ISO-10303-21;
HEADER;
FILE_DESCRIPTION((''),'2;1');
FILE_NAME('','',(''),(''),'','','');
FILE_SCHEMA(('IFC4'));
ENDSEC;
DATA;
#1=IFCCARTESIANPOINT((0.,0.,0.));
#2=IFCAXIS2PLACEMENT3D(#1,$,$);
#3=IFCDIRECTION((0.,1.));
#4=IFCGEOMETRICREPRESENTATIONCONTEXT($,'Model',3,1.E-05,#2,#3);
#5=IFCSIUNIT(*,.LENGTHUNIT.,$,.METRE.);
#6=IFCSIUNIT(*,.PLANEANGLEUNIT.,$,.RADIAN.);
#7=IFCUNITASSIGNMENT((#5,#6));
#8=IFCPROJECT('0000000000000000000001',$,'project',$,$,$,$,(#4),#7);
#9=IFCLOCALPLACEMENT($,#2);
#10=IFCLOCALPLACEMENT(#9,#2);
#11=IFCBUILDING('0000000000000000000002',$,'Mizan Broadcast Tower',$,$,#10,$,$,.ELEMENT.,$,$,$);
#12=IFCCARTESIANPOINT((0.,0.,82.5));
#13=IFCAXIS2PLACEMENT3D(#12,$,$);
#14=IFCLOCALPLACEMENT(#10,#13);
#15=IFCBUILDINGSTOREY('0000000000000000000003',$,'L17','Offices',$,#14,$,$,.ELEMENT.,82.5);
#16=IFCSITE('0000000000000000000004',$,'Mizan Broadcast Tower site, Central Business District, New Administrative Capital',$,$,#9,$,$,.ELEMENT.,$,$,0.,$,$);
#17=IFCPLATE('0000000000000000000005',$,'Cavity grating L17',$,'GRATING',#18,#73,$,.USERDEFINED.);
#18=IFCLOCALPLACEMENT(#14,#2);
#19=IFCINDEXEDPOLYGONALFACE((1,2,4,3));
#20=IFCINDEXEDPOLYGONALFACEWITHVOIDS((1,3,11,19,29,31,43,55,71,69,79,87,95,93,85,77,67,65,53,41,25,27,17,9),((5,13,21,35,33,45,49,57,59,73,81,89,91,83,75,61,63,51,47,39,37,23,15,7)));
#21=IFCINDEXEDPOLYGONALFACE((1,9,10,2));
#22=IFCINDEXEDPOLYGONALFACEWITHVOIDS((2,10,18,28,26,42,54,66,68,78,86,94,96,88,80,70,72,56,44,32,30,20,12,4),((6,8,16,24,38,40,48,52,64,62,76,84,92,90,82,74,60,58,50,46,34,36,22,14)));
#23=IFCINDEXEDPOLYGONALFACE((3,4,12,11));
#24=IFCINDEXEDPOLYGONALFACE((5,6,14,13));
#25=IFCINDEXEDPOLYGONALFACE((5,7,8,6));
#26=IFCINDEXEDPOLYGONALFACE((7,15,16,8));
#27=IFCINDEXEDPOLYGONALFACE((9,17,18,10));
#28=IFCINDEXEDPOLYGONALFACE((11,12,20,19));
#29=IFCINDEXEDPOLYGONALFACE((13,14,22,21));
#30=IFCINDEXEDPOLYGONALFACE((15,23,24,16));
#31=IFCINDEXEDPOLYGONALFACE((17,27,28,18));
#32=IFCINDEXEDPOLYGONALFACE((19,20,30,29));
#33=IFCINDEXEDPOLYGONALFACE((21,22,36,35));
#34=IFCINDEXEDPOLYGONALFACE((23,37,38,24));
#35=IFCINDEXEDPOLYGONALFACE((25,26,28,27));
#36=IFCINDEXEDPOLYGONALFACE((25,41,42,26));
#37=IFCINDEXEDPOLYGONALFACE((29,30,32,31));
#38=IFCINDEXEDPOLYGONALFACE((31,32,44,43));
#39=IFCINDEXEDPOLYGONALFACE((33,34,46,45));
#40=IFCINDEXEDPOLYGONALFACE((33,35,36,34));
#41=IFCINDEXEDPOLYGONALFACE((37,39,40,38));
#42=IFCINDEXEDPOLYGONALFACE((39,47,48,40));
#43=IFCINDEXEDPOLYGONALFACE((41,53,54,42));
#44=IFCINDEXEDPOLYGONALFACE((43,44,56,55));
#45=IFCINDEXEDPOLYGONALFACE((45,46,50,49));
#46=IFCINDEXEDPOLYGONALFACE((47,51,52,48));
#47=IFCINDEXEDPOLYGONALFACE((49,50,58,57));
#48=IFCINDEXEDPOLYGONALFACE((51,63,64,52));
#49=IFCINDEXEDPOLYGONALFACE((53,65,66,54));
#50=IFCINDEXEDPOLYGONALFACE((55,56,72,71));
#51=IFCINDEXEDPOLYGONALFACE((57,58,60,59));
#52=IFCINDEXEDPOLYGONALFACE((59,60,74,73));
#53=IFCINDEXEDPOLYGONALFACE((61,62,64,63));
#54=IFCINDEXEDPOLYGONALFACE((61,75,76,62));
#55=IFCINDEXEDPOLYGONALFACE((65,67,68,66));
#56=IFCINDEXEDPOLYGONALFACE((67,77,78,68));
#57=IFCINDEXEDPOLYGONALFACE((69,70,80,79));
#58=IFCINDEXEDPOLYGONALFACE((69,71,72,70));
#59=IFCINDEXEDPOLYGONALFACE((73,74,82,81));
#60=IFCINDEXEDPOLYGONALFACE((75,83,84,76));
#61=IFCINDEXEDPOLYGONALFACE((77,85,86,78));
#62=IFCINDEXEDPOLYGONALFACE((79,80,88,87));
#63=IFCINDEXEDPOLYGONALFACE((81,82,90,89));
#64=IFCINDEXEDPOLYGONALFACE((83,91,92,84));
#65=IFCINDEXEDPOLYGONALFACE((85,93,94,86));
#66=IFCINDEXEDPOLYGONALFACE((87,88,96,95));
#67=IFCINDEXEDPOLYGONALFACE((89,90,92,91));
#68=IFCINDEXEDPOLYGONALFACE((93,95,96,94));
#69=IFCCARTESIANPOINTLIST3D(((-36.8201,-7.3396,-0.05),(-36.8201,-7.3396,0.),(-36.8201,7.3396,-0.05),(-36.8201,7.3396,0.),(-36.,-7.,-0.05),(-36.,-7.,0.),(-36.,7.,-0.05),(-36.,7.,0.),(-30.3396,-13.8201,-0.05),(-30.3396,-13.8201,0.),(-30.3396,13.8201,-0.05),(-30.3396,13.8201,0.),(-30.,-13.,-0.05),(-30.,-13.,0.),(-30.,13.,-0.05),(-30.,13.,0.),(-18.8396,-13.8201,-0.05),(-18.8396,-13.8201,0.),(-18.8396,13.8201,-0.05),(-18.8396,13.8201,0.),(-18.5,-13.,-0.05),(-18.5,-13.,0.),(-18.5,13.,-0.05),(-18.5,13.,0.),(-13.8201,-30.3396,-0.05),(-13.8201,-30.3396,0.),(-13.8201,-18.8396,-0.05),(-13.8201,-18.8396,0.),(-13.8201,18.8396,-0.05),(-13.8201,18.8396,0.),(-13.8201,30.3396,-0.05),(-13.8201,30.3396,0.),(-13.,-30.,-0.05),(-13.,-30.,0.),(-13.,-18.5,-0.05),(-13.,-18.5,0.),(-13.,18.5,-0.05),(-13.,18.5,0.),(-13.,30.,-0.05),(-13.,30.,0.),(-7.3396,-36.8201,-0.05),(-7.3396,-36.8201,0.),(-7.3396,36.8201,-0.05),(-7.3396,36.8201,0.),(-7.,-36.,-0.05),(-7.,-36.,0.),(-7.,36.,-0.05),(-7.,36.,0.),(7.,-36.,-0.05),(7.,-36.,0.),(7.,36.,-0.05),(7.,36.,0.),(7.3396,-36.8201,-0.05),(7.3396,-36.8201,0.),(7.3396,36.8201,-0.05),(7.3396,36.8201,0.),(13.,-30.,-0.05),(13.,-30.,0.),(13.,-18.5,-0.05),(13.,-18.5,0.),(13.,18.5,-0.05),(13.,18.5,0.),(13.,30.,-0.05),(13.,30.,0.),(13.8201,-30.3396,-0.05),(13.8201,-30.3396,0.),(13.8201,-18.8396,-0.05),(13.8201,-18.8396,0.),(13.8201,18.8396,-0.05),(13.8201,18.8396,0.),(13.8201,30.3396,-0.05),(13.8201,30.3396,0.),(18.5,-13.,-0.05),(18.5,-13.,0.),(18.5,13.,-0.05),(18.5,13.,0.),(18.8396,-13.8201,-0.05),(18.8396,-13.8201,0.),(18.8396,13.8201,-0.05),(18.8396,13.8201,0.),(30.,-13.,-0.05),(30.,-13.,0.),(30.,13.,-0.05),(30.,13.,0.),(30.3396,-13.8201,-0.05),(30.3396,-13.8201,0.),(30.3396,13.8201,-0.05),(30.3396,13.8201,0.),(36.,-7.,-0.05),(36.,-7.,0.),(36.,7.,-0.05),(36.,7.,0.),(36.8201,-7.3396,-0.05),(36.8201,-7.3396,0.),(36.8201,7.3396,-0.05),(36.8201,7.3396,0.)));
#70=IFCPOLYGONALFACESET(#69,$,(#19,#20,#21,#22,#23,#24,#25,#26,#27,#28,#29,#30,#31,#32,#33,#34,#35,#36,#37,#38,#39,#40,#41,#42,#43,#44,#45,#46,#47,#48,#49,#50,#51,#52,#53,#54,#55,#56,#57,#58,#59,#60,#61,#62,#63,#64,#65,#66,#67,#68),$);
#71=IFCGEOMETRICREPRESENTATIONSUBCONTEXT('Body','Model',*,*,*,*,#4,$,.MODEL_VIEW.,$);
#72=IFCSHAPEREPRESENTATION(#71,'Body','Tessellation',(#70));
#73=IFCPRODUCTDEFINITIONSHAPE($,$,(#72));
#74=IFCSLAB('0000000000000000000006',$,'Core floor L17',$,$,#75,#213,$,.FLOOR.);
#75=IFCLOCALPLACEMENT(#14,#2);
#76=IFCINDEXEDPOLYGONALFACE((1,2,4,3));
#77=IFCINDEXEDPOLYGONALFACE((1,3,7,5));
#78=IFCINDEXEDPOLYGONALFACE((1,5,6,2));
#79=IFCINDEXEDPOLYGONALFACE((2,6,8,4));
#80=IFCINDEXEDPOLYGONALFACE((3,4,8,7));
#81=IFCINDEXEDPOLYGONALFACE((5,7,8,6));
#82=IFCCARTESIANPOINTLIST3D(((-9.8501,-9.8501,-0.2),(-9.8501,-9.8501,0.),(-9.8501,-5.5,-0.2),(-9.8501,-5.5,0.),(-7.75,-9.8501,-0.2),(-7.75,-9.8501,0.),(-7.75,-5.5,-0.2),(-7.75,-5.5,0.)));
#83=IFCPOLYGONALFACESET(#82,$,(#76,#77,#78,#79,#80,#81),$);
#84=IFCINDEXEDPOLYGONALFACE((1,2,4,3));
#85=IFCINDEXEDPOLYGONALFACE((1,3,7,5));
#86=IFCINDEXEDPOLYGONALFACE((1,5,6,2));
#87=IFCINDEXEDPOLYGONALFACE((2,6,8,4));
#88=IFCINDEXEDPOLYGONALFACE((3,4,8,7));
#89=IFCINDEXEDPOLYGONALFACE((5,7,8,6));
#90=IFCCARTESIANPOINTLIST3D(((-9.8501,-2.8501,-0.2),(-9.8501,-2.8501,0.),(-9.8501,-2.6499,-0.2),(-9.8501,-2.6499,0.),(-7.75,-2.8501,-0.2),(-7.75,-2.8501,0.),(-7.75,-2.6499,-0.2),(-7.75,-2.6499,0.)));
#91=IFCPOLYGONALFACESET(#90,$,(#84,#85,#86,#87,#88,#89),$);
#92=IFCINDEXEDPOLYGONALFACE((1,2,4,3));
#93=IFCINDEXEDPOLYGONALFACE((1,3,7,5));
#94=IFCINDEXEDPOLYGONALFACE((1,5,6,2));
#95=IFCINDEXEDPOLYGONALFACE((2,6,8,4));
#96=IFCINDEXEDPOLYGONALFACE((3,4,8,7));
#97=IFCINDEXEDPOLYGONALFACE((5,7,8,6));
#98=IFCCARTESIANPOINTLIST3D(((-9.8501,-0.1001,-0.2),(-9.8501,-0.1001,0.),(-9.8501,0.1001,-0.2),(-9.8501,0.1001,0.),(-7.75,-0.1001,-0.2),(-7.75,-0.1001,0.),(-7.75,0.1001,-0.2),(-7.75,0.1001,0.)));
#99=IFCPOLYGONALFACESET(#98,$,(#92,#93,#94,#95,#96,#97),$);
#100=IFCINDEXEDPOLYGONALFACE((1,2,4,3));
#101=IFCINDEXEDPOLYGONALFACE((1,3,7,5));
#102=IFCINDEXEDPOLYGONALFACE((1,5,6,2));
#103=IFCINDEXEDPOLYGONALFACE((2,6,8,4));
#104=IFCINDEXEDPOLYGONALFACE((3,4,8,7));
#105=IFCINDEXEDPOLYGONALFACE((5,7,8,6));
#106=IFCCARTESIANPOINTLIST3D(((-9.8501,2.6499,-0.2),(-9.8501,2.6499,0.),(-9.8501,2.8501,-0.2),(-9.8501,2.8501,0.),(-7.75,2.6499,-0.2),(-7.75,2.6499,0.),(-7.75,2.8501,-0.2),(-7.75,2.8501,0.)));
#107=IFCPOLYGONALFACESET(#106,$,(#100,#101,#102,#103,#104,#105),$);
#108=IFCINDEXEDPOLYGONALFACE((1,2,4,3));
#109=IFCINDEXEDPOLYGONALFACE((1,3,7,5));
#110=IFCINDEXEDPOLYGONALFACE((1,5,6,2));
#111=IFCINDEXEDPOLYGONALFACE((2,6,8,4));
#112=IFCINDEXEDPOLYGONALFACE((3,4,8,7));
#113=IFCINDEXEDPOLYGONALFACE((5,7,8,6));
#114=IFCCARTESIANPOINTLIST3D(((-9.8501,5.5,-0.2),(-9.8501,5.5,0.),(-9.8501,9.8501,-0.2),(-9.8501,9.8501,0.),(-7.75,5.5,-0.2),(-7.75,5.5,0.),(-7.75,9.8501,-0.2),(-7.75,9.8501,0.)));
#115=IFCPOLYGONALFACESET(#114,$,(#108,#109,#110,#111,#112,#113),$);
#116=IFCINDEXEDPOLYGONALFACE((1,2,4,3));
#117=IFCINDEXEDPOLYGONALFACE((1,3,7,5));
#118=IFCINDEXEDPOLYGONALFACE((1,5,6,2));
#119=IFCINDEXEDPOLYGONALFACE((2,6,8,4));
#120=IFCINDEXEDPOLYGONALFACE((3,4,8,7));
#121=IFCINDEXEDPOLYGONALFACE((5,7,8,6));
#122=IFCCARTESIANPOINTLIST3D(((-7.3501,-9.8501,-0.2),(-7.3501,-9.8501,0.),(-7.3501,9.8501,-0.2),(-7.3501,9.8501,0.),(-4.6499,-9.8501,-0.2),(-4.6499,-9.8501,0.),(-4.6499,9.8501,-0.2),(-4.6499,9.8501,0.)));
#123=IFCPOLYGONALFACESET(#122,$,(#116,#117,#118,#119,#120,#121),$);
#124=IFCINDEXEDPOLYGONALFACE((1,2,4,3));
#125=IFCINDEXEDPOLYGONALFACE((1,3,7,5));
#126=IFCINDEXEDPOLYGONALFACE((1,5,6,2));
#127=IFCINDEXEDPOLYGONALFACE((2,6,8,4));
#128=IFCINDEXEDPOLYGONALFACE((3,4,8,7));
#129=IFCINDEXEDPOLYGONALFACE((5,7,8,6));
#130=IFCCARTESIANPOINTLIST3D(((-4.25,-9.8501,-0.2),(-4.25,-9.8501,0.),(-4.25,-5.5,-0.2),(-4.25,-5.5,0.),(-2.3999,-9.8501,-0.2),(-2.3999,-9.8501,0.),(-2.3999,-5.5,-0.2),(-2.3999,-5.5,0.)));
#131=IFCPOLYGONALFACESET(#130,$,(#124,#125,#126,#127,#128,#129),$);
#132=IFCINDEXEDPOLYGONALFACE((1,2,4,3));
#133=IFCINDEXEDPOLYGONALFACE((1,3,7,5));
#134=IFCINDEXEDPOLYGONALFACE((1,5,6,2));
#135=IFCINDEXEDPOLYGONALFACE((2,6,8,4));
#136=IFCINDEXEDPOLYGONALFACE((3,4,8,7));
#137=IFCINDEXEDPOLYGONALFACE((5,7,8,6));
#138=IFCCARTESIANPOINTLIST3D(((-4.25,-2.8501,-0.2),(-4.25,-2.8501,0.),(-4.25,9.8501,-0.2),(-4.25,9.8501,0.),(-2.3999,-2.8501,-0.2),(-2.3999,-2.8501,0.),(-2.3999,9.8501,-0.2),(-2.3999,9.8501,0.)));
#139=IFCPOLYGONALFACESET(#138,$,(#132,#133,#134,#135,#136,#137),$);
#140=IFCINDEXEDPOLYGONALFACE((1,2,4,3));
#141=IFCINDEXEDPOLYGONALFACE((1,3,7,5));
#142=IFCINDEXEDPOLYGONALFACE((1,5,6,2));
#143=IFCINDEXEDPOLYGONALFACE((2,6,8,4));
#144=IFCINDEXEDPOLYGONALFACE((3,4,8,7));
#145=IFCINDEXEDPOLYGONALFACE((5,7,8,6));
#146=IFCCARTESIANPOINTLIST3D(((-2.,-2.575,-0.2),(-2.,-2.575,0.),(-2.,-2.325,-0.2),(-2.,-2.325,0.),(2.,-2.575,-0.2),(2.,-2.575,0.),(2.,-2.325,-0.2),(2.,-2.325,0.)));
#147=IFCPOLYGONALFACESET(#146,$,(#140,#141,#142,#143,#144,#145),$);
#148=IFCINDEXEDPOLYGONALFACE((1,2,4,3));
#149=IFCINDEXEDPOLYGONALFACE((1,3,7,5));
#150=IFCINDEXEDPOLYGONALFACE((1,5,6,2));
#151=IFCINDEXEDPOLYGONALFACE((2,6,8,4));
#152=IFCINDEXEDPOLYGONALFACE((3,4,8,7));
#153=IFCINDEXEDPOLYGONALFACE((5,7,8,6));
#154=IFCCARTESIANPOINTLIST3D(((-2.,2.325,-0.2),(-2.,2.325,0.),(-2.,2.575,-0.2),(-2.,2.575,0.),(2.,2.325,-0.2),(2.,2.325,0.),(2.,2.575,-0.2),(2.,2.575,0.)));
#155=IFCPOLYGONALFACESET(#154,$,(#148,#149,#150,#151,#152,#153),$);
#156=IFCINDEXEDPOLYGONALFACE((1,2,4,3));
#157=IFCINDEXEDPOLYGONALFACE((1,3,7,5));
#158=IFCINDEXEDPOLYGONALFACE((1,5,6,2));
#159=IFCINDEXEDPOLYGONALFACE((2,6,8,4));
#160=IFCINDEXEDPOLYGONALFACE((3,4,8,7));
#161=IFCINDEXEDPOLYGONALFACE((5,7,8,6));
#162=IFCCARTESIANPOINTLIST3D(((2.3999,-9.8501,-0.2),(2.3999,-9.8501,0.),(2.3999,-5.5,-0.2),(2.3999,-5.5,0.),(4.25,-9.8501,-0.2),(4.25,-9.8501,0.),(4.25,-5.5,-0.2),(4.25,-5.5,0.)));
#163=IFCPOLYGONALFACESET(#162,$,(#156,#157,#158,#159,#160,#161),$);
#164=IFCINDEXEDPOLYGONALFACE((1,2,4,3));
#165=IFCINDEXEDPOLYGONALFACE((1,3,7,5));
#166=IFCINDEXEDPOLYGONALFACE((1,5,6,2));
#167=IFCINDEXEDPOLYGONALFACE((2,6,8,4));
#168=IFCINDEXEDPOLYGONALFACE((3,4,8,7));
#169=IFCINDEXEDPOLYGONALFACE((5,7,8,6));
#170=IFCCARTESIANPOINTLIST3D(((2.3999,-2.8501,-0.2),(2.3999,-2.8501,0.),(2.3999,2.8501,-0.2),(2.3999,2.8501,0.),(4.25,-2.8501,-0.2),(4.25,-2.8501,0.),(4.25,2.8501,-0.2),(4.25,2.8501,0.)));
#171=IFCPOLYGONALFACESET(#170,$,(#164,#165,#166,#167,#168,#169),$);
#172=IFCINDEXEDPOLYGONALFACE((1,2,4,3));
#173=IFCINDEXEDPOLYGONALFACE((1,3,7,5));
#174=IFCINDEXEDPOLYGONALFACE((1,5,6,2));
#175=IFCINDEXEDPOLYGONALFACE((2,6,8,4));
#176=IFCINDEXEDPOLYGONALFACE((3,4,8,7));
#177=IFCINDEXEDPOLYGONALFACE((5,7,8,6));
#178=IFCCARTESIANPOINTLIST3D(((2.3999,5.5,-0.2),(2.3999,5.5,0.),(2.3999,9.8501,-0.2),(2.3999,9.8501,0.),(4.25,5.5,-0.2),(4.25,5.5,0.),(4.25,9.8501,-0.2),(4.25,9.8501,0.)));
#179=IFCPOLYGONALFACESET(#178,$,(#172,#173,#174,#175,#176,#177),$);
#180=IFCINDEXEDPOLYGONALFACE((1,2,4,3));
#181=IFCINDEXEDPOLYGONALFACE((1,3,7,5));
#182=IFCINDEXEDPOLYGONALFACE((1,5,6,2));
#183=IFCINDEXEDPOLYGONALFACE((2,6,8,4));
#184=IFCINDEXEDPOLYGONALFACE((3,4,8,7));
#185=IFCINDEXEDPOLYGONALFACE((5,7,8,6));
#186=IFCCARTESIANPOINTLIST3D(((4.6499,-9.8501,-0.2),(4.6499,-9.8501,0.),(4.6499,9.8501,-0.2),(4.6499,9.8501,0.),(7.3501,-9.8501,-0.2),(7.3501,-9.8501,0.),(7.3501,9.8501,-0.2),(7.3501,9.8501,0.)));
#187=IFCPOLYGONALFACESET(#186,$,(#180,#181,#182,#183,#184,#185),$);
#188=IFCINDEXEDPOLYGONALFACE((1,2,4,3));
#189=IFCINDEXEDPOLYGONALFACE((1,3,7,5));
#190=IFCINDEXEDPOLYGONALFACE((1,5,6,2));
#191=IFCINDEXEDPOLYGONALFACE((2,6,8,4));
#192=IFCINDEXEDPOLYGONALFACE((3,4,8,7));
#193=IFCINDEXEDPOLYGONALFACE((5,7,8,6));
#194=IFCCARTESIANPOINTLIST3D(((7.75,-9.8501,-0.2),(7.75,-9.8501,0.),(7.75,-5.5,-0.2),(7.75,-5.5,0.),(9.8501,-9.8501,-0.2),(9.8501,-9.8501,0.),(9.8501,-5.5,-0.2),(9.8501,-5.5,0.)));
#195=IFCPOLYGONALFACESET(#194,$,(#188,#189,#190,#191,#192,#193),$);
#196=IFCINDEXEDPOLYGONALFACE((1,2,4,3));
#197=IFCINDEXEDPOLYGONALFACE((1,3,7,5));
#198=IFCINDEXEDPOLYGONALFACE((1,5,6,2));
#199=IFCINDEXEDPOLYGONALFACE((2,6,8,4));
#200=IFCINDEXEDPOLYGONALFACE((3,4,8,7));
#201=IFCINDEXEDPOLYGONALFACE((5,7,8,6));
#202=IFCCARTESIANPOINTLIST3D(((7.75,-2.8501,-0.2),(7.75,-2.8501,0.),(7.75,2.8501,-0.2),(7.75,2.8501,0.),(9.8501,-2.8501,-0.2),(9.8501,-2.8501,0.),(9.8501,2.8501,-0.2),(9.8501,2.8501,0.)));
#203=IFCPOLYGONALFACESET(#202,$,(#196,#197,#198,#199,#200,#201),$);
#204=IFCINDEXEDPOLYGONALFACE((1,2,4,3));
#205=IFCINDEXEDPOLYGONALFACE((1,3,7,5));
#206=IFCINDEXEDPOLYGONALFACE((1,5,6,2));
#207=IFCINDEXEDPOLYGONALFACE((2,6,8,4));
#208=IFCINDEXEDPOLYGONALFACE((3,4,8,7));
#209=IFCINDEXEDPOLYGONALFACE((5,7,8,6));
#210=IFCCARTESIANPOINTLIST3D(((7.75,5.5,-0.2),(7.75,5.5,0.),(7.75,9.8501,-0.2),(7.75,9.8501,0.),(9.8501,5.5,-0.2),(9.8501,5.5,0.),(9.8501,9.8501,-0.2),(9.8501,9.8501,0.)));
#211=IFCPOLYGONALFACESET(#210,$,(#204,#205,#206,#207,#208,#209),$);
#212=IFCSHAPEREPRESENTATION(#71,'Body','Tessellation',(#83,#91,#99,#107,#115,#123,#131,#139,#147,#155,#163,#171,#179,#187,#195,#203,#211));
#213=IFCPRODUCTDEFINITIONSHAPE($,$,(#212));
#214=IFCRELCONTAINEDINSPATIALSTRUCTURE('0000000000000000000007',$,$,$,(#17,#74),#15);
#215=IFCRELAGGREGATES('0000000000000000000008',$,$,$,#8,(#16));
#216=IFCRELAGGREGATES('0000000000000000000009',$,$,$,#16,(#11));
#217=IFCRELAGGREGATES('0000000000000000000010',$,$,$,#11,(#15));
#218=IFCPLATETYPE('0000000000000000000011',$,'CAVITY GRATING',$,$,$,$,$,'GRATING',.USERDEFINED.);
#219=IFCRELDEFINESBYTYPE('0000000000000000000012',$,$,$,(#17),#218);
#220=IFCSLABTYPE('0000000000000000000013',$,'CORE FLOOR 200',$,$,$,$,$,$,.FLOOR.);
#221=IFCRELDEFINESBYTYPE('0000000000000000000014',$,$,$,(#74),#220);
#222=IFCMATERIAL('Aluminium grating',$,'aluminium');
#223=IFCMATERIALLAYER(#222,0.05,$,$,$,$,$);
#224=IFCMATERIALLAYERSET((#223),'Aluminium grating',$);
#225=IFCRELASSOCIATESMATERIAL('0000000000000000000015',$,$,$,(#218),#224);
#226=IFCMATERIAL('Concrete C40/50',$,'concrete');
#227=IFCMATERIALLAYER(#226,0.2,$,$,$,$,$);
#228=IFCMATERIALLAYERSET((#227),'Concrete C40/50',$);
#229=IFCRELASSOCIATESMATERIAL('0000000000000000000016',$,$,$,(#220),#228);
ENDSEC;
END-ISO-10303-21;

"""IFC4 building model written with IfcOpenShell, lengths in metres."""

from ifc_helpers import new_model, si_unit, direction, frame, origin, place, context, subcontext, project, spatial, polyline, outline, extrude, material, layer, layer_set, type_object, element, save


model = new_model("IFC4")

# Units and contexts
model_context = context("Model", 3, precision=1e-05, world=origin(), true_north=direction((0.0, 1.0)))
body_context = subcontext(model_context, "Body", "Model", "MODEL_VIEW")
ifc_project = project(units=[si_unit("LENGTHUNIT", "METRE"), si_unit("PLANEANGLEUNIT", "RADIAN")], contexts=[model_context])

# Site, building, storey
site_placement = place(None, origin())
site = spatial("IfcSite", under=ifc_project, at=site_placement, Name="Mizan Broadcast Tower site, Central Business District, New Administrative Capital", CompositionType="ELEMENT", RefElevation=0.0)
building_placement = place(site_placement, origin())
building = spatial("IfcBuilding", under=site, at=building_placement, Name="Mizan Broadcast Tower", CompositionType="ELEMENT")
storey_placement = place(building_placement, frame((0.0, 0.0, 82.5)))
storey = spatial("IfcBuildingStorey", under=building, at=storey_placement, Name="L17", Description="Offices", CompositionType="ELEMENT", Elevation=82.5)

# Plate
ifc_material_1 = material(Name="Aluminium grating", Category="aluminium")
ifc_layer_1 = layer(ifc_material_1, 0.05)
ifc_layer_set_1 = layer_set([ifc_layer_1], Name="Aluminium grating")
plate_type = type_object("IfcPlateType", Name="CAVITY GRATING", ElementType="GRATING", PredefinedType="USERDEFINED", material=ifc_layer_set_1)
plate_placement = place(storey_placement, frame((0.0, 0.0, -0.05)))
element("IfcPlate", 1, at=plate_placement, inside=storey, type_object=plate_type, Name="Cavity grating L17", ObjectType="GRATING", PredefinedType="USERDEFINED", context=body_context, shape_type="SweptSolid", body=[
    extrude(outline(polyline([(13.8201, -18.8396), (18.8396, -13.8201), (30.3396, -13.8201), (36.8201, -7.3396), (36.8201, 7.3396), (30.3396, 13.8201), (18.8396, 13.8201), (13.8201, 18.8396), (13.8201, 30.3396), (7.3396, 36.8201), (-7.3396, 36.8201), (-13.8201, 30.3396), (-13.8201, 18.8396), (-18.8396, 13.8201), (-30.3396, 13.8201), (-36.8201, 7.3396), (-36.8201, -7.3396), (-30.3396, -13.8201), (-18.8396, -13.8201), (-13.8201, -18.8396), (-13.8201, -30.3396), (-7.3396, -36.8201), (7.3396, -36.8201), (13.8201, -30.3396), (13.8201, -18.8396)]), holes=[polyline([(36.0, 7.0), (36.0, -7.0), (30.0, -13.0), (18.5, -13.0), (13.0, -18.5), (13.0, -30.0), (7.0, -36.0), (-7.0, -36.0), (-13.0, -30.0), (-13.0, -18.5), (-18.5, -13.0), (-30.0, -13.0), (-36.0, -7.0), (-36.0, 7.0), (-30.0, 13.0), (-18.5, 13.0), (-13.0, 18.5), (-13.0, 30.0), (-7.0, 36.0), (7.0, 36.0), (13.0, 30.0), (13.0, 18.5), (18.5, 13.0), (30.0, 13.0), (36.0, 7.0)])]), origin(), (0.0, 0.0, 1.0), 0.05),
])

# Slab
ifc_material_2 = material(Name="Concrete C40/50", Category="concrete")
ifc_layer_2 = layer(ifc_material_2, 0.2)
ifc_layer_set_2 = layer_set([ifc_layer_2], Name="Concrete C40/50")
slab_type_1 = type_object("IfcSlabType", Name="CORE FLOOR 200", PredefinedType="FLOOR", material=ifc_layer_set_2)
slab_1_placement = place(storey_placement, frame((0.0, 0.0, -0.2)))
element("IfcSlab", 2, at=slab_1_placement, inside=storey, type_object=slab_type_1, Name="Core floor L17", PredefinedType="FLOOR", context=body_context, shape_type="SweptSolid", body=[
    extrude(outline(polyline([(-9.8501, -9.8501), (-7.75, -9.8501), (-7.75, -5.5), (-9.8501, -5.5), (-9.8501, -9.8501)])), origin(), (0.0, 0.0, 1.0), 0.2),
    extrude(outline(polyline([(-9.8501, -2.8501), (-7.75, -2.8501), (-7.75, -2.6499), (-9.8501, -2.6499), (-9.8501, -2.8501)])), origin(), (0.0, 0.0, 1.0), 0.2),
    extrude(outline(polyline([(-9.8501, -0.1001), (-7.75, -0.1001), (-7.75, 0.1001), (-9.8501, 0.1001), (-9.8501, -0.1001)])), origin(), (0.0, 0.0, 1.0), 0.2),
    extrude(outline(polyline([(-9.8501, 2.6499), (-7.75, 2.6499), (-7.75, 2.8501), (-9.8501, 2.8501), (-9.8501, 2.6499)])), origin(), (0.0, 0.0, 1.0), 0.2),
    extrude(outline(polyline([(-9.8501, 5.5), (-7.75, 5.5), (-7.75, 9.8501), (-9.8501, 9.8501), (-9.8501, 5.5)])), origin(), (0.0, 0.0, 1.0), 0.2),
    extrude(outline(polyline([(-4.6499, 9.8501), (-7.3501, 9.8501), (-7.3501, -9.8501), (-4.6499, -9.8501), (-4.6499, 9.8501)])), origin(), (0.0, 0.0, 1.0), 0.2),
    extrude(outline(polyline([(-4.25, -5.5), (-4.25, -9.8501), (-2.3999, -9.8501), (-2.3999, -5.5), (-4.25, -5.5)])), origin(), (0.0, 0.0, 1.0), 0.2),
    extrude(outline(polyline([(-4.25, -2.8501), (-2.3999, -2.8501), (-2.3999, 9.8501), (-4.25, 9.8501), (-4.25, -2.8501)])), origin(), (0.0, 0.0, 1.0), 0.2),
    extrude(outline(polyline([(2.0, -2.325), (-2.0, -2.325), (-2.0, -2.575), (2.0, -2.575), (2.0, -2.325)])), origin(), (0.0, 0.0, 1.0), 0.2),
    extrude(outline(polyline([(2.0, 2.575), (-2.0, 2.575), (-2.0, 2.325), (2.0, 2.325), (2.0, 2.575)])), origin(), (0.0, 0.0, 1.0), 0.2),
    extrude(outline(polyline([(4.25, -9.8501), (4.25, -5.5), (2.3999, -5.5), (2.3999, -9.8501), (4.25, -9.8501)])), origin(), (0.0, 0.0, 1.0), 0.2),
    extrude(outline(polyline([(4.25, -2.8501), (4.25, 2.8501), (2.3999, 2.8501), (2.3999, -2.8501), (4.25, -2.8501)])), origin(), (0.0, 0.0, 1.0), 0.2),
    extrude(outline(polyline([(4.25, 5.5), (4.25, 9.8501), (2.3999, 9.8501), (2.3999, 5.5), (4.25, 5.5)])), origin(), (0.0, 0.0, 1.0), 0.2),
    extrude(outline(polyline([(4.6499, 9.8501), (4.6499, -9.8501), (7.3501, -9.8501), (7.3501, 9.8501), (4.6499, 9.8501)])), origin(), (0.0, 0.0, 1.0), 0.2),
    extrude(outline(polyline([(9.8501, -9.8501), (9.8501, -5.5), (7.75, -5.5), (7.75, -9.8501), (9.8501, -9.8501)])), origin(), (0.0, 0.0, 1.0), 0.2),
    extrude(outline(polyline([(7.75, 2.8501), (7.75, -2.8501), (9.8501, -2.8501), (9.8501, 2.8501), (7.75, 2.8501)])), origin(), (0.0, 0.0, 1.0), 0.2),
    extrude(outline(polyline([(9.8501, 5.5), (9.8501, 9.8501), (7.75, 9.8501), (7.75, 5.5), (9.8501, 5.5)])), origin(), (0.0, 0.0, 1.0), 0.2),
])

save(model, "model.ifc")
